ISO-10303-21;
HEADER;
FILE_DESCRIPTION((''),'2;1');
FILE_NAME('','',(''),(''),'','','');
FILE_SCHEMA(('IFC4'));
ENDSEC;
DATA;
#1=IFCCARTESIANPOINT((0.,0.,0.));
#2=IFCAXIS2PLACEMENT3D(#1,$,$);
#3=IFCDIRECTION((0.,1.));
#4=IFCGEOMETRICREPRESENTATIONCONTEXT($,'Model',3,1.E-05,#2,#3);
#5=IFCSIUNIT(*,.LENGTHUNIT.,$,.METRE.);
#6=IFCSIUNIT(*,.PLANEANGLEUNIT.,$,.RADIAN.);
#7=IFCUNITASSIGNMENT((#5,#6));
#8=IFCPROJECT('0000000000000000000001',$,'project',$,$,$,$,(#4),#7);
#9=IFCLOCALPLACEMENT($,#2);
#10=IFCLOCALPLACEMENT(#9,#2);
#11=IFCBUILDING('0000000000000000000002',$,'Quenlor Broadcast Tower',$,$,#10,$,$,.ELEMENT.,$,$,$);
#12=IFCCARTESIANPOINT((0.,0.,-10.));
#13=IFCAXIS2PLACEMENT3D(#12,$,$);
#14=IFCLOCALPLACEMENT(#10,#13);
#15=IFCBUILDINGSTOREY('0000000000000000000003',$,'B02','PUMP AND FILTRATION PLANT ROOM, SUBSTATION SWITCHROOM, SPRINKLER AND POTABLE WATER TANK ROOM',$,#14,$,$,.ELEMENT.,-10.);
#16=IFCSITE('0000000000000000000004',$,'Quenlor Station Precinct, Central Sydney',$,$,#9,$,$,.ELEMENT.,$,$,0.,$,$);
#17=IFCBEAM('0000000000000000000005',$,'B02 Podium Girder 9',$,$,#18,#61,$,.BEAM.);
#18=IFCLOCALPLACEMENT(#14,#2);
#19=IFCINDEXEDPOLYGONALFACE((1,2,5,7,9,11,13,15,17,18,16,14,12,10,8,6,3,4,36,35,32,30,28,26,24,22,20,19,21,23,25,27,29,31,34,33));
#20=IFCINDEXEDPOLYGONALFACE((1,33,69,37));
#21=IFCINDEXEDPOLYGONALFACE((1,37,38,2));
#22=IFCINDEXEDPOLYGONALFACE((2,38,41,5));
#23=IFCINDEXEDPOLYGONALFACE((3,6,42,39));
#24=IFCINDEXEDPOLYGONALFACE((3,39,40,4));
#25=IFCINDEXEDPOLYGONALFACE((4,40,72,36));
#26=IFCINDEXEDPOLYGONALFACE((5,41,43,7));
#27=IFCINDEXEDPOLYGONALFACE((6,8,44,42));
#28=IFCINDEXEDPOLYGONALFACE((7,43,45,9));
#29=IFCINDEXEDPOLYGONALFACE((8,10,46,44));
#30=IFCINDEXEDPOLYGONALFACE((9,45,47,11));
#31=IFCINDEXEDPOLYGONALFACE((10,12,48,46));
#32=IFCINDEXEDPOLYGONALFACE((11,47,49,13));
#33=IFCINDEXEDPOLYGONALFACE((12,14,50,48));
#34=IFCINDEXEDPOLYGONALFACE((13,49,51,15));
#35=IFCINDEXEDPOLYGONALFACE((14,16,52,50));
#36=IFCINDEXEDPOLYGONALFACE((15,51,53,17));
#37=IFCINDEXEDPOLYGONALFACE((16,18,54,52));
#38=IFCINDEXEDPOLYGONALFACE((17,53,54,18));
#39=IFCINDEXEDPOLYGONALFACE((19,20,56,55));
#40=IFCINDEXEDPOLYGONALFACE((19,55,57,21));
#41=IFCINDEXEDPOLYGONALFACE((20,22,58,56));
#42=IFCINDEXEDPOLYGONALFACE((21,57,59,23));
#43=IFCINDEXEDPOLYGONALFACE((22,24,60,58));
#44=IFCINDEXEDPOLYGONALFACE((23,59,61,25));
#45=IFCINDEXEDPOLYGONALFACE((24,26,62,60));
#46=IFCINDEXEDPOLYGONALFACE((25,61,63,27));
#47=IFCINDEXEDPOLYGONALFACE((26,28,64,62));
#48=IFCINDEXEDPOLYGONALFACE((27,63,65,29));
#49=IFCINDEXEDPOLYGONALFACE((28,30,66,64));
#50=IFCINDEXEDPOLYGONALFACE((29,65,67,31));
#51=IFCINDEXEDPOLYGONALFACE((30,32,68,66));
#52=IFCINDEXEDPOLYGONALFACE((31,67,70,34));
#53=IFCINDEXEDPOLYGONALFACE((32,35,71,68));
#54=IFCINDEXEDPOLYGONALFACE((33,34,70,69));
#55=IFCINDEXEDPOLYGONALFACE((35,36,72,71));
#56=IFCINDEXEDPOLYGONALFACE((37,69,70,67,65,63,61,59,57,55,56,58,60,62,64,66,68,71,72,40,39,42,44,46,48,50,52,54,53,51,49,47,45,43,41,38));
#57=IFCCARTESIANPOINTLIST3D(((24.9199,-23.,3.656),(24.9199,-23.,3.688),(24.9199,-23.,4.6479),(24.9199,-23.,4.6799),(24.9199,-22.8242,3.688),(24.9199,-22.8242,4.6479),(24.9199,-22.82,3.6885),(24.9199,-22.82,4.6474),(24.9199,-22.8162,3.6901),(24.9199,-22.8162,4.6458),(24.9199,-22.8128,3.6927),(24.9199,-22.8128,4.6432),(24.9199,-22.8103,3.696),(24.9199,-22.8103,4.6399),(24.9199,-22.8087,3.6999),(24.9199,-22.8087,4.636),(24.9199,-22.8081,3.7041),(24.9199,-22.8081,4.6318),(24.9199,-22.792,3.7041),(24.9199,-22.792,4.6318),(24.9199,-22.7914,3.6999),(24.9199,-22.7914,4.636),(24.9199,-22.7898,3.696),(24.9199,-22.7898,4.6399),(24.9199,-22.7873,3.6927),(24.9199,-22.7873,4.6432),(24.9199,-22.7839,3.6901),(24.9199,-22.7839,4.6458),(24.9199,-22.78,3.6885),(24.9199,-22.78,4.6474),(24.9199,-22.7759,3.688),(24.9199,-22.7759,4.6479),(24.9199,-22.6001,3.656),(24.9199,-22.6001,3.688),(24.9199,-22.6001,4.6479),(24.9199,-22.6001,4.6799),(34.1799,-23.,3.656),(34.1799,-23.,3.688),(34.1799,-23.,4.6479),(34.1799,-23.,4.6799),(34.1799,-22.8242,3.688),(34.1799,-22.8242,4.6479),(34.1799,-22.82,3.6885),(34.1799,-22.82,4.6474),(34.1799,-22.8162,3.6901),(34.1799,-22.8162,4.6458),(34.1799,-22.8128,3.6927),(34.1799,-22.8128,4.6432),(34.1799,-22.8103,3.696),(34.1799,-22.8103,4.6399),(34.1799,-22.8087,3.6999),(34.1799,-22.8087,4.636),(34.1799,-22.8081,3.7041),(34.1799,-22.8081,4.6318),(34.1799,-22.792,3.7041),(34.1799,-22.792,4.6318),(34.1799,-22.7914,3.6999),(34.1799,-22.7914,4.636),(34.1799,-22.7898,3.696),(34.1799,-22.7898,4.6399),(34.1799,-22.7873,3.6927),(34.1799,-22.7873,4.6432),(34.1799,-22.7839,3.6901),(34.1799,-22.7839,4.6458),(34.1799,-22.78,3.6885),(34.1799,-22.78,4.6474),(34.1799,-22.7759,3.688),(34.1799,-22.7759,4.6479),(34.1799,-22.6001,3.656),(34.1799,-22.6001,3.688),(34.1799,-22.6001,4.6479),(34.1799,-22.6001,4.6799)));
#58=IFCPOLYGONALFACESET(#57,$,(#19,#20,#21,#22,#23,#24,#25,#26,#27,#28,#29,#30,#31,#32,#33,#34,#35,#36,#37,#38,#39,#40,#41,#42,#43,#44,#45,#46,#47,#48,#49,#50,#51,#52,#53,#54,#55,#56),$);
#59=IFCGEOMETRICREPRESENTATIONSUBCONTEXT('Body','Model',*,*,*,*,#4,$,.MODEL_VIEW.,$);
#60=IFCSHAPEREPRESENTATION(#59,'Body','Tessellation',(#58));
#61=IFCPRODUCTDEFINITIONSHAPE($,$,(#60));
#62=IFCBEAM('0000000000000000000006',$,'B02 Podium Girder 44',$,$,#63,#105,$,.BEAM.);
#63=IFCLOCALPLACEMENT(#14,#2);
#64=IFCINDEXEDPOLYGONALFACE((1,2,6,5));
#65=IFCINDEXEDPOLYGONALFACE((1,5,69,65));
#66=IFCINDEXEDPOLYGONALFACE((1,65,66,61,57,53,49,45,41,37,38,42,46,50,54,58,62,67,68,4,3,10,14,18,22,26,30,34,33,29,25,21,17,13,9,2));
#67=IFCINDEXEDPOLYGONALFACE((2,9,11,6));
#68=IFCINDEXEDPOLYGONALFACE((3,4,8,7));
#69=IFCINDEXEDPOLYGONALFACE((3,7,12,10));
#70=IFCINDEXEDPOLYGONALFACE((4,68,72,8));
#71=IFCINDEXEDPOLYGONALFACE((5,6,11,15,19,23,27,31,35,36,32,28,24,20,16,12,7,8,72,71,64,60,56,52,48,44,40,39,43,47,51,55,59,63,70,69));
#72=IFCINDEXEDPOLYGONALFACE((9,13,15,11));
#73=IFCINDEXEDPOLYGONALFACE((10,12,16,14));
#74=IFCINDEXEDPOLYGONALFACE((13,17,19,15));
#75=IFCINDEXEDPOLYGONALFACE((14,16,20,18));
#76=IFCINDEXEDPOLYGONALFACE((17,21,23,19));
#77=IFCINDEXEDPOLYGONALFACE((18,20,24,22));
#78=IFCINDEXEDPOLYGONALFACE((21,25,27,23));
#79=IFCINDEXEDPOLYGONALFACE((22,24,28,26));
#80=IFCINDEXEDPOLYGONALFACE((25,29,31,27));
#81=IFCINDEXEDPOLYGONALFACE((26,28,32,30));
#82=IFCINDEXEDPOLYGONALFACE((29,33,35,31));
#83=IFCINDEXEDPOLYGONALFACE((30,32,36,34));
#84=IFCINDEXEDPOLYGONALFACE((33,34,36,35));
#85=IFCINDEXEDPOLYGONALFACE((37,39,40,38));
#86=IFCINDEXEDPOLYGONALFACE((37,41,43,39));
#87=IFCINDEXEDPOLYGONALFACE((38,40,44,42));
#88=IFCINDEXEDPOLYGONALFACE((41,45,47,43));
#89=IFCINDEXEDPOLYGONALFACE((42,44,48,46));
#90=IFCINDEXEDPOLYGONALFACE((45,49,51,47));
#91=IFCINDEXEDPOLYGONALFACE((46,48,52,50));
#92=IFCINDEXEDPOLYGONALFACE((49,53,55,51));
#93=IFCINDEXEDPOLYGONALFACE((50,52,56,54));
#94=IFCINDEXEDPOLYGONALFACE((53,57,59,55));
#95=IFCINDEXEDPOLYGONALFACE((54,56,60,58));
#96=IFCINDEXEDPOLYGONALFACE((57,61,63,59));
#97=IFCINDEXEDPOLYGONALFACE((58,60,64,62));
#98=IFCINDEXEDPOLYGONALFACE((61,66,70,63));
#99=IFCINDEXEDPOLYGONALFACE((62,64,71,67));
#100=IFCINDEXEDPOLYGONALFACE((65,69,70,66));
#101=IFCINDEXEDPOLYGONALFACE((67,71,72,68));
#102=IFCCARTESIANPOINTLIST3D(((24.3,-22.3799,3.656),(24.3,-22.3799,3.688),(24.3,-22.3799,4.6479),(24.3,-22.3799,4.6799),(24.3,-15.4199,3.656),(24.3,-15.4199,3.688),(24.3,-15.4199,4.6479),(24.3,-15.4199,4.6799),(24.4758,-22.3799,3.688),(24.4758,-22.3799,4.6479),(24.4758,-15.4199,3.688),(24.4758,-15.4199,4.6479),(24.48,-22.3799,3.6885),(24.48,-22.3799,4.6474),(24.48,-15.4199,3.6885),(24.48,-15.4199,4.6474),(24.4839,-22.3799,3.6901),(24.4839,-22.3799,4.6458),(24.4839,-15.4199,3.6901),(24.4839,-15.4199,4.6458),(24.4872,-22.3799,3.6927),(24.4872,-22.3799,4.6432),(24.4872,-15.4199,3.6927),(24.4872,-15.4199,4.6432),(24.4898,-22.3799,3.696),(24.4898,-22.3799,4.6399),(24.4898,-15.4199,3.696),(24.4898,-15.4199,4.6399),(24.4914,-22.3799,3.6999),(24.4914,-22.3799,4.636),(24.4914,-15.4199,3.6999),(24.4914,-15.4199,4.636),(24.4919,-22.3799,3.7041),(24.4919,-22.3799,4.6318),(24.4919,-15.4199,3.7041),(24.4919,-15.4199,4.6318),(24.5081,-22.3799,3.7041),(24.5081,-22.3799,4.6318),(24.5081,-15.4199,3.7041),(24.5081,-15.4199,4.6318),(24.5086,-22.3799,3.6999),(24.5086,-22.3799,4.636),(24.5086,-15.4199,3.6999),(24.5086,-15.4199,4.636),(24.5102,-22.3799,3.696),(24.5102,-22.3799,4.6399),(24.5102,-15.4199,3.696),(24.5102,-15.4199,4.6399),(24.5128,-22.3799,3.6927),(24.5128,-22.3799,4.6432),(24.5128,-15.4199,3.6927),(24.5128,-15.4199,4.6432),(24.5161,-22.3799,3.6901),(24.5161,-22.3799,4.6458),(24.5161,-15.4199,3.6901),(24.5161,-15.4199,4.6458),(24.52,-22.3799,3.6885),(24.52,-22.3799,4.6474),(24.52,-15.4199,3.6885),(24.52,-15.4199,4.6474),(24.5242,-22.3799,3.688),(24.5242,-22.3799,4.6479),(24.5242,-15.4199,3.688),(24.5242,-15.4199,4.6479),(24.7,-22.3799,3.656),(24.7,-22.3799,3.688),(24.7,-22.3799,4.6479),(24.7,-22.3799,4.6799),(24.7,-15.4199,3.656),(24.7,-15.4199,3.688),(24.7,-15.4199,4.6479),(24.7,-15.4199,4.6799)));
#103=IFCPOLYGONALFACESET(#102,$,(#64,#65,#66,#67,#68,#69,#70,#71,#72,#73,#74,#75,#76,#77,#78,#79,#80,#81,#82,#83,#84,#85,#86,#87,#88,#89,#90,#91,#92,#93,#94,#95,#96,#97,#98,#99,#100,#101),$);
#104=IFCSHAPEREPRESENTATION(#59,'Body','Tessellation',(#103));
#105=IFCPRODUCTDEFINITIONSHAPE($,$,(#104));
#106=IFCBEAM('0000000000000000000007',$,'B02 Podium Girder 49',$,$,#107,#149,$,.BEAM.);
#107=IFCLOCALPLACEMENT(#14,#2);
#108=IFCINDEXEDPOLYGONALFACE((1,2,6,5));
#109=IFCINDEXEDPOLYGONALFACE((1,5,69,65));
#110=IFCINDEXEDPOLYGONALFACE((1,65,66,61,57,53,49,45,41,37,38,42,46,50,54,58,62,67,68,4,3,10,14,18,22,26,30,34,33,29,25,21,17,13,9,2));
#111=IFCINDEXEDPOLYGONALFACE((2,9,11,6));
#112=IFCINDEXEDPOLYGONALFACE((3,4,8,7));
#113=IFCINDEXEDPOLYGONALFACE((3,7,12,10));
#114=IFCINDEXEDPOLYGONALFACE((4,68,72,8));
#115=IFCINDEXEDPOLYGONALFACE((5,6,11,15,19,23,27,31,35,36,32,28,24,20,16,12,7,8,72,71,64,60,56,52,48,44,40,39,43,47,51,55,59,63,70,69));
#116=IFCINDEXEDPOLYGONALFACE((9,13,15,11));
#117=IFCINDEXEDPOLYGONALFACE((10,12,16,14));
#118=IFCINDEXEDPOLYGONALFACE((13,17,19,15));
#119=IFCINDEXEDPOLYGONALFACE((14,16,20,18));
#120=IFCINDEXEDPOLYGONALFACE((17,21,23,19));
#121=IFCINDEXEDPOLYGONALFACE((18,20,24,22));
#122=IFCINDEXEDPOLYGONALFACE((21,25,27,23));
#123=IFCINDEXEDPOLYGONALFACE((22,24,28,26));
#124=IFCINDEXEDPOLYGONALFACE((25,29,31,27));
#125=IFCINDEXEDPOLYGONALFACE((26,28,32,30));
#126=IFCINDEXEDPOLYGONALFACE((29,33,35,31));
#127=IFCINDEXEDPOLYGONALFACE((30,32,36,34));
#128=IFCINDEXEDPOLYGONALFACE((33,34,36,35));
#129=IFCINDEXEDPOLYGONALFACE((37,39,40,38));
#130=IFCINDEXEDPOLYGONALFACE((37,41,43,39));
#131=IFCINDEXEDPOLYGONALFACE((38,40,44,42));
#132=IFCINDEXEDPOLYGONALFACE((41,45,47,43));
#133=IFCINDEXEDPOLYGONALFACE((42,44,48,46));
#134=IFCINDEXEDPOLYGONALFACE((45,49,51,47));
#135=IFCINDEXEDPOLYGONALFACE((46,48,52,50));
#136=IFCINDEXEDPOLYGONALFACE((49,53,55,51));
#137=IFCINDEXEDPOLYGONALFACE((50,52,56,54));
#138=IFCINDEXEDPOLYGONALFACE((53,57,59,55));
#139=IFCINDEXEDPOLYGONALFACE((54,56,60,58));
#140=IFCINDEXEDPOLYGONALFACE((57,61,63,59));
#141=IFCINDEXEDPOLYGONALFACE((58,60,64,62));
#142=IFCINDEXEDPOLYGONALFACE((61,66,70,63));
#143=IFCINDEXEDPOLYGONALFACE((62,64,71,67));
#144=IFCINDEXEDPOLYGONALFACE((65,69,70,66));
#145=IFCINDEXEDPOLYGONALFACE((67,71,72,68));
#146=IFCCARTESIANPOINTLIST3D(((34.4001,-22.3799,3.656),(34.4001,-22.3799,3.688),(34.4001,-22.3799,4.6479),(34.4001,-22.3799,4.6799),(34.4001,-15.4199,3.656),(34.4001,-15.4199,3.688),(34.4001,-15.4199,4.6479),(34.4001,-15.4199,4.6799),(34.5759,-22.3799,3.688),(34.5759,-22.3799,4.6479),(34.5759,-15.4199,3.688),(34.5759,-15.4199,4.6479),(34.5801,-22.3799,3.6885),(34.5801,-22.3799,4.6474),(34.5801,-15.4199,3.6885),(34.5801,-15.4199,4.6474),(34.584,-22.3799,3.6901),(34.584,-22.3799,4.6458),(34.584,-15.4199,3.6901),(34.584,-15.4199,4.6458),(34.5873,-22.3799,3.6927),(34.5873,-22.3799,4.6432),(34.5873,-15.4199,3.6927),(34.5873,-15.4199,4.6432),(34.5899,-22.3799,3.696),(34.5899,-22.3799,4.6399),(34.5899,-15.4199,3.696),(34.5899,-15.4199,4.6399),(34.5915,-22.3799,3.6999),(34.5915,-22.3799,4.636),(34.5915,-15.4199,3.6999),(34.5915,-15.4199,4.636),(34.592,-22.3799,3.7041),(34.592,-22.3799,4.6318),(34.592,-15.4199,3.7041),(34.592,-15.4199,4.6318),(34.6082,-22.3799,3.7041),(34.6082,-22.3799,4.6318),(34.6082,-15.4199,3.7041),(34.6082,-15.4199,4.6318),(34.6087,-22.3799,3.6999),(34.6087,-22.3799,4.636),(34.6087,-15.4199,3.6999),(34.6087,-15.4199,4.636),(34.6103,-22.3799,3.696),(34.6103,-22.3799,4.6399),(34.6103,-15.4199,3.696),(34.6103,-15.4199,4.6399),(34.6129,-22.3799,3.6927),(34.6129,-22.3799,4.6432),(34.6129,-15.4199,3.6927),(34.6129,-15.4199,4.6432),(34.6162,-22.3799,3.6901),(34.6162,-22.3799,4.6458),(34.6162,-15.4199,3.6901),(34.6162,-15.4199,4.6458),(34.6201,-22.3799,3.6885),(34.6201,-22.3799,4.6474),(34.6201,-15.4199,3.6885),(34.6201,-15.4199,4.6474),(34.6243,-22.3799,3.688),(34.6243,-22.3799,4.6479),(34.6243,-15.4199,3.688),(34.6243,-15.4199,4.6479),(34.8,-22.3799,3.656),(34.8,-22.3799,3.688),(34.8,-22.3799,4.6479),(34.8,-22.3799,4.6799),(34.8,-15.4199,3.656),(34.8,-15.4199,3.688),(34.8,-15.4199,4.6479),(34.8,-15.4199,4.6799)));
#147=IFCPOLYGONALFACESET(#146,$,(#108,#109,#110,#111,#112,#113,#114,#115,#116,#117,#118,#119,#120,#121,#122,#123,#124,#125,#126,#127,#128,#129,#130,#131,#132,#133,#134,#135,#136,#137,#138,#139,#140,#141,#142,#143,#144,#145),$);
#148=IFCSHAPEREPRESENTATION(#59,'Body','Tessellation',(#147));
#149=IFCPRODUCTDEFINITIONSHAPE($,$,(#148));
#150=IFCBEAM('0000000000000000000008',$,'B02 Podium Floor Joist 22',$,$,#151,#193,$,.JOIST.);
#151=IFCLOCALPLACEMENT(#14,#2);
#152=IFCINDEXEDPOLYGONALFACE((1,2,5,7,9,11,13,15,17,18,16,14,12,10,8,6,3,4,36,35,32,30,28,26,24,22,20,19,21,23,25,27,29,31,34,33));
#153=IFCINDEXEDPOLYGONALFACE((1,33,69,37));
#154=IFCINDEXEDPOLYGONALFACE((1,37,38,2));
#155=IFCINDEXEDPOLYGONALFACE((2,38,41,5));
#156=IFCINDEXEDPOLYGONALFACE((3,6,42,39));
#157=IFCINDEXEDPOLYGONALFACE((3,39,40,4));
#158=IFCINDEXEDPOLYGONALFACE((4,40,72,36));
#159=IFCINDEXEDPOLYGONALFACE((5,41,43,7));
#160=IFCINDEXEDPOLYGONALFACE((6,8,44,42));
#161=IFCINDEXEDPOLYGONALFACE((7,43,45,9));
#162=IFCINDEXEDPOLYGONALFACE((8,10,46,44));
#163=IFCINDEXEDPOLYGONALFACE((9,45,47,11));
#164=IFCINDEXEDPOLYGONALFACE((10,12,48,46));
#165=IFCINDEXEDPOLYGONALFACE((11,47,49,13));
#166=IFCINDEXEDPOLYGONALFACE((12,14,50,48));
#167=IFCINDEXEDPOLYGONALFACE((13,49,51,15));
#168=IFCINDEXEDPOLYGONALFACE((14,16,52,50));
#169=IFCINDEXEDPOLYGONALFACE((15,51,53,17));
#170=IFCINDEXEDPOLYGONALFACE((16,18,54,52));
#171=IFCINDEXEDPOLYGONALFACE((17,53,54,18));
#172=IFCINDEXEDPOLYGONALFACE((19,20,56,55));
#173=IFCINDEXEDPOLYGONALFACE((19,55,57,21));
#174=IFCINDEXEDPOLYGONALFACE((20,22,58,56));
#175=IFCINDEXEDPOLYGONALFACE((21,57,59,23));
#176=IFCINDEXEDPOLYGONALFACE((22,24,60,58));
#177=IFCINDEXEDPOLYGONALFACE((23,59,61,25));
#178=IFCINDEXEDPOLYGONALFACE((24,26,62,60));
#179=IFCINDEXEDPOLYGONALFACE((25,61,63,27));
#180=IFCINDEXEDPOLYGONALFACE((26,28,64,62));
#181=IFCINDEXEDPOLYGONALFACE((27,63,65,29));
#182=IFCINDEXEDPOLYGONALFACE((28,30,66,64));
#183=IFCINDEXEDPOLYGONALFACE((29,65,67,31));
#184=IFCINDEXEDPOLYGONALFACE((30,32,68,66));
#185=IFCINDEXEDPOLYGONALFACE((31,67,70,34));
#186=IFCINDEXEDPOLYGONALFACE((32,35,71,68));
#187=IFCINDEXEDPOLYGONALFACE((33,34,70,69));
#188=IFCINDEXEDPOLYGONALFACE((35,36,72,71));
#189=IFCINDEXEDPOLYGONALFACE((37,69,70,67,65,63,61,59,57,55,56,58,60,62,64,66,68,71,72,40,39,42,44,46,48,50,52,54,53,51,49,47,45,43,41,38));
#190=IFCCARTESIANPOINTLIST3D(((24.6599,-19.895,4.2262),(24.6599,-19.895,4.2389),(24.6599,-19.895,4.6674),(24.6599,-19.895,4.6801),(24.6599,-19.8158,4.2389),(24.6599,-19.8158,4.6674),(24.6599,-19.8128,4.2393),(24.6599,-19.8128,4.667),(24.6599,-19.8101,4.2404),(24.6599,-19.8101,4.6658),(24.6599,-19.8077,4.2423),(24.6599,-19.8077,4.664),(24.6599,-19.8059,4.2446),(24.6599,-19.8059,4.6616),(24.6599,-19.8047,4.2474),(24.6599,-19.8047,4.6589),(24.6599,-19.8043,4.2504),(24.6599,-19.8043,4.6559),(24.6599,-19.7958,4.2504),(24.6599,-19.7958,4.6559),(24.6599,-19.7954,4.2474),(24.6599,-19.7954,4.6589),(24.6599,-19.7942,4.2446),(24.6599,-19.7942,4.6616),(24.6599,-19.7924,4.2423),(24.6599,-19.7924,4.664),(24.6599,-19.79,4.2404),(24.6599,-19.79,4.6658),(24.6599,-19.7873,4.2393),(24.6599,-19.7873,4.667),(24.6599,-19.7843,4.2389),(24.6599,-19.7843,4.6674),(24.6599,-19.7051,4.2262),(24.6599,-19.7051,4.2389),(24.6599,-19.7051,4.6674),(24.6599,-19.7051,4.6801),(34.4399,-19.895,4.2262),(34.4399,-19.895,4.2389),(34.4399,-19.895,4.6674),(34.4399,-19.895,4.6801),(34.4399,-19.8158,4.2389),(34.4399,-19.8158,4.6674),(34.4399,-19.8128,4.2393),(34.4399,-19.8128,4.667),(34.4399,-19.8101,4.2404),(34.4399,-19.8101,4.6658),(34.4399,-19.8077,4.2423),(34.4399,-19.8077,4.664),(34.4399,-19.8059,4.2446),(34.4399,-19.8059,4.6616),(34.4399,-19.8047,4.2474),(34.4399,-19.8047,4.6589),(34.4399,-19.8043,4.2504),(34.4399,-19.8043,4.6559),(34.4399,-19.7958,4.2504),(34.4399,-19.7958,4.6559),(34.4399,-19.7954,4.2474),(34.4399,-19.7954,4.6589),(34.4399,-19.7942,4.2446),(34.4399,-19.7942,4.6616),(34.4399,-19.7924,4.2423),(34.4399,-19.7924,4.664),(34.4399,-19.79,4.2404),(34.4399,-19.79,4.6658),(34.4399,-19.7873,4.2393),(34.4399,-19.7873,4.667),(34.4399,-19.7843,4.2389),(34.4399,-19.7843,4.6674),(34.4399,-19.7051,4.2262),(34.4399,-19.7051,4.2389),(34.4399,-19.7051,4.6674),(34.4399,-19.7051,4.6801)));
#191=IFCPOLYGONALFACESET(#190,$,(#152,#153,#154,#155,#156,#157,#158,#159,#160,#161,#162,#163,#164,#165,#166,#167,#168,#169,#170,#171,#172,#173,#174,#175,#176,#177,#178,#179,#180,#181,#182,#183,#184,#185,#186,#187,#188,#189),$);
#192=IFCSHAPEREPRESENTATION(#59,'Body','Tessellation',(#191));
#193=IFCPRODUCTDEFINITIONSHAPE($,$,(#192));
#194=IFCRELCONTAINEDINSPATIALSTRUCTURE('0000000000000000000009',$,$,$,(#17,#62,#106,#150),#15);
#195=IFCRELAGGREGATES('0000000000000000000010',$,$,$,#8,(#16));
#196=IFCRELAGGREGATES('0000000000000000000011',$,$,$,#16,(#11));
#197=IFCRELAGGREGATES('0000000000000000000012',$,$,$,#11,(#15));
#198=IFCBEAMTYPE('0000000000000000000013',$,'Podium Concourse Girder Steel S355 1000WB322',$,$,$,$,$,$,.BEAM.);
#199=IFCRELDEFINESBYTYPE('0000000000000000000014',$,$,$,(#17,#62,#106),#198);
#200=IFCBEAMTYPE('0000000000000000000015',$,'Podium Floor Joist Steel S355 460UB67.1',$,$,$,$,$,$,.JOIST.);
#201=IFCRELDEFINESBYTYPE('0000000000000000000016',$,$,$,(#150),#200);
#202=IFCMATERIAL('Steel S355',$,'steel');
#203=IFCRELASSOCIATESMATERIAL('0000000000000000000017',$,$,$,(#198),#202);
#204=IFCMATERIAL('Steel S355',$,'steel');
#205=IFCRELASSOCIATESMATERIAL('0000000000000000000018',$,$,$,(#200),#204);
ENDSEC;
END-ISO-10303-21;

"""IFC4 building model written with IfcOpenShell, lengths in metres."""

from ifc_helpers import new_model, si_unit, direction, frame, origin, origin_2d, place, context, subcontext, project, spatial, i_section, extrude, material, material_profile, profile_set, type_object, element, save


model = new_model("IFC4")

# Units and contexts
model_context = context("Model", 3, precision=1e-05, world=origin(), true_north=direction((0.0, 1.0)))
body_context = subcontext(model_context, "Body", "Model", "MODEL_VIEW")
ifc_project = project(units=[si_unit("LENGTHUNIT", "METRE"), si_unit("PLANEANGLEUNIT", "RADIAN")], contexts=[model_context])

# Site, building, storey
site_placement = place(None, origin())
site = spatial("IfcSite", under=ifc_project, at=site_placement, Name="Quenlor Station Precinct, Central Sydney", CompositionType="ELEMENT", RefElevation=0.0)
building_placement = place(site_placement, origin())
building = spatial("IfcBuilding", under=site, at=building_placement, Name="Quenlor Broadcast Tower", CompositionType="ELEMENT")
storey_placement = place(building_placement, frame((0.0, 0.0, -10.0)))
storey = spatial("IfcBuildingStorey", under=building, at=storey_placement, Name="B02", Description="PUMP AND FILTRATION PLANT ROOM, SUBSTATION SWITCHROOM, SPRINKLER AND POTABLE WATER TANK ROOM", CompositionType="ELEMENT", Elevation=-10.0)

# Beams
ifc_material_1 = material(Name="Steel S355", Category="steel")
ifc_material_profile_1 = material_profile(ifc_material_1, i_section(OverallWidth=0.3999, OverallDepth=1.0239, WebThickness=0.0161, FlangeThickness=0.032, FilletRadius=0.0161, at=origin_2d()))
ifc_profile_set_1 = profile_set([ifc_material_profile_1], Name="Steel S355 1000WB322")
beam_type_1 = type_object("IfcBeamType", Name="Podium Concourse Girder Steel S355 1000WB322", PredefinedType="BEAM", material=ifc_profile_set_1)
beam_1_placement = place(storey_placement, frame((24.9199, -22.8, 4.168), z_axis=(1.0, 0.0, 0.0), x_axis=(0.0, 1.0, 0.0)))
element("IfcBeam", 1, at=beam_1_placement, inside=storey, type_object=beam_type_1, Name="B02 Podium Girder 9", PredefinedType="BEAM", context=body_context, shape_type="SweptSolid", body=[
    extrude(i_section(OverallWidth=0.3999, OverallDepth=1.0239, WebThickness=0.0161, FlangeThickness=0.032, FilletRadius=0.0161, at=origin_2d()), origin(), (0.0, 0.0, 1.0), 9.26),
])
for number, where, z_axis, x_axis, name in (
    (2, (24.5, -22.3799, 4.168), (0.0, 1.0, 0.0), (-1.0, 0.0, 0.0), "B02 Podium Girder 44"),
    (3, (34.6001, -22.3799, 4.168), (0.0, 1.0, 0.0), (-1.0, 0.0, 0.0), "B02 Podium Girder 49"),
):
    element("IfcBeam", number, at=place(storey_placement, frame(where, z_axis=z_axis, x_axis=x_axis)), inside=storey, type_object=beam_type_1, Name=name, PredefinedType="BEAM", context=body_context, shape_type="SweptSolid", body=[
        extrude(i_section(OverallWidth=0.3999, OverallDepth=1.0239, WebThickness=0.0161, FlangeThickness=0.032, FilletRadius=0.0161, at=origin_2d()), origin(), (0.0, 0.0, 1.0), 6.96),
    ])
ifc_material_2 = material(Name="Steel S355", Category="steel")
ifc_material_profile_2 = material_profile(ifc_material_2, i_section(OverallWidth=0.1899, OverallDepth=0.4539, WebThickness=0.0085, FlangeThickness=0.0127, FilletRadius=0.0115, at=origin_2d()))
ifc_profile_set_2 = profile_set([ifc_material_profile_2], Name="Steel S355 460UB67.1")
beam_type_2 = type_object("IfcBeamType", Name="Podium Floor Joist Steel S355 460UB67.1", PredefinedType="JOIST", material=ifc_profile_set_2)
for number, where, z_axis, x_axis, name in (
    (4, (24.6599, -19.8, 4.4531), (1.0, 0.0, 0.0), (0.0, 1.0, 0.0), "B02 Podium Floor Joist 22"),
):
    element("IfcBeam", number, at=place(storey_placement, frame(where, z_axis=z_axis, x_axis=x_axis)), inside=storey, type_object=beam_type_2, Name=name, PredefinedType="JOIST", context=body_context, shape_type="SweptSolid", body=[
        extrude(i_section(OverallWidth=0.1899, OverallDepth=0.4539, WebThickness=0.0085, FlangeThickness=0.0127, FilletRadius=0.0115, at=origin_2d()), origin(), (0.0, 0.0, 1.0), 9.78),
    ])

save(model, "model.ifc")
